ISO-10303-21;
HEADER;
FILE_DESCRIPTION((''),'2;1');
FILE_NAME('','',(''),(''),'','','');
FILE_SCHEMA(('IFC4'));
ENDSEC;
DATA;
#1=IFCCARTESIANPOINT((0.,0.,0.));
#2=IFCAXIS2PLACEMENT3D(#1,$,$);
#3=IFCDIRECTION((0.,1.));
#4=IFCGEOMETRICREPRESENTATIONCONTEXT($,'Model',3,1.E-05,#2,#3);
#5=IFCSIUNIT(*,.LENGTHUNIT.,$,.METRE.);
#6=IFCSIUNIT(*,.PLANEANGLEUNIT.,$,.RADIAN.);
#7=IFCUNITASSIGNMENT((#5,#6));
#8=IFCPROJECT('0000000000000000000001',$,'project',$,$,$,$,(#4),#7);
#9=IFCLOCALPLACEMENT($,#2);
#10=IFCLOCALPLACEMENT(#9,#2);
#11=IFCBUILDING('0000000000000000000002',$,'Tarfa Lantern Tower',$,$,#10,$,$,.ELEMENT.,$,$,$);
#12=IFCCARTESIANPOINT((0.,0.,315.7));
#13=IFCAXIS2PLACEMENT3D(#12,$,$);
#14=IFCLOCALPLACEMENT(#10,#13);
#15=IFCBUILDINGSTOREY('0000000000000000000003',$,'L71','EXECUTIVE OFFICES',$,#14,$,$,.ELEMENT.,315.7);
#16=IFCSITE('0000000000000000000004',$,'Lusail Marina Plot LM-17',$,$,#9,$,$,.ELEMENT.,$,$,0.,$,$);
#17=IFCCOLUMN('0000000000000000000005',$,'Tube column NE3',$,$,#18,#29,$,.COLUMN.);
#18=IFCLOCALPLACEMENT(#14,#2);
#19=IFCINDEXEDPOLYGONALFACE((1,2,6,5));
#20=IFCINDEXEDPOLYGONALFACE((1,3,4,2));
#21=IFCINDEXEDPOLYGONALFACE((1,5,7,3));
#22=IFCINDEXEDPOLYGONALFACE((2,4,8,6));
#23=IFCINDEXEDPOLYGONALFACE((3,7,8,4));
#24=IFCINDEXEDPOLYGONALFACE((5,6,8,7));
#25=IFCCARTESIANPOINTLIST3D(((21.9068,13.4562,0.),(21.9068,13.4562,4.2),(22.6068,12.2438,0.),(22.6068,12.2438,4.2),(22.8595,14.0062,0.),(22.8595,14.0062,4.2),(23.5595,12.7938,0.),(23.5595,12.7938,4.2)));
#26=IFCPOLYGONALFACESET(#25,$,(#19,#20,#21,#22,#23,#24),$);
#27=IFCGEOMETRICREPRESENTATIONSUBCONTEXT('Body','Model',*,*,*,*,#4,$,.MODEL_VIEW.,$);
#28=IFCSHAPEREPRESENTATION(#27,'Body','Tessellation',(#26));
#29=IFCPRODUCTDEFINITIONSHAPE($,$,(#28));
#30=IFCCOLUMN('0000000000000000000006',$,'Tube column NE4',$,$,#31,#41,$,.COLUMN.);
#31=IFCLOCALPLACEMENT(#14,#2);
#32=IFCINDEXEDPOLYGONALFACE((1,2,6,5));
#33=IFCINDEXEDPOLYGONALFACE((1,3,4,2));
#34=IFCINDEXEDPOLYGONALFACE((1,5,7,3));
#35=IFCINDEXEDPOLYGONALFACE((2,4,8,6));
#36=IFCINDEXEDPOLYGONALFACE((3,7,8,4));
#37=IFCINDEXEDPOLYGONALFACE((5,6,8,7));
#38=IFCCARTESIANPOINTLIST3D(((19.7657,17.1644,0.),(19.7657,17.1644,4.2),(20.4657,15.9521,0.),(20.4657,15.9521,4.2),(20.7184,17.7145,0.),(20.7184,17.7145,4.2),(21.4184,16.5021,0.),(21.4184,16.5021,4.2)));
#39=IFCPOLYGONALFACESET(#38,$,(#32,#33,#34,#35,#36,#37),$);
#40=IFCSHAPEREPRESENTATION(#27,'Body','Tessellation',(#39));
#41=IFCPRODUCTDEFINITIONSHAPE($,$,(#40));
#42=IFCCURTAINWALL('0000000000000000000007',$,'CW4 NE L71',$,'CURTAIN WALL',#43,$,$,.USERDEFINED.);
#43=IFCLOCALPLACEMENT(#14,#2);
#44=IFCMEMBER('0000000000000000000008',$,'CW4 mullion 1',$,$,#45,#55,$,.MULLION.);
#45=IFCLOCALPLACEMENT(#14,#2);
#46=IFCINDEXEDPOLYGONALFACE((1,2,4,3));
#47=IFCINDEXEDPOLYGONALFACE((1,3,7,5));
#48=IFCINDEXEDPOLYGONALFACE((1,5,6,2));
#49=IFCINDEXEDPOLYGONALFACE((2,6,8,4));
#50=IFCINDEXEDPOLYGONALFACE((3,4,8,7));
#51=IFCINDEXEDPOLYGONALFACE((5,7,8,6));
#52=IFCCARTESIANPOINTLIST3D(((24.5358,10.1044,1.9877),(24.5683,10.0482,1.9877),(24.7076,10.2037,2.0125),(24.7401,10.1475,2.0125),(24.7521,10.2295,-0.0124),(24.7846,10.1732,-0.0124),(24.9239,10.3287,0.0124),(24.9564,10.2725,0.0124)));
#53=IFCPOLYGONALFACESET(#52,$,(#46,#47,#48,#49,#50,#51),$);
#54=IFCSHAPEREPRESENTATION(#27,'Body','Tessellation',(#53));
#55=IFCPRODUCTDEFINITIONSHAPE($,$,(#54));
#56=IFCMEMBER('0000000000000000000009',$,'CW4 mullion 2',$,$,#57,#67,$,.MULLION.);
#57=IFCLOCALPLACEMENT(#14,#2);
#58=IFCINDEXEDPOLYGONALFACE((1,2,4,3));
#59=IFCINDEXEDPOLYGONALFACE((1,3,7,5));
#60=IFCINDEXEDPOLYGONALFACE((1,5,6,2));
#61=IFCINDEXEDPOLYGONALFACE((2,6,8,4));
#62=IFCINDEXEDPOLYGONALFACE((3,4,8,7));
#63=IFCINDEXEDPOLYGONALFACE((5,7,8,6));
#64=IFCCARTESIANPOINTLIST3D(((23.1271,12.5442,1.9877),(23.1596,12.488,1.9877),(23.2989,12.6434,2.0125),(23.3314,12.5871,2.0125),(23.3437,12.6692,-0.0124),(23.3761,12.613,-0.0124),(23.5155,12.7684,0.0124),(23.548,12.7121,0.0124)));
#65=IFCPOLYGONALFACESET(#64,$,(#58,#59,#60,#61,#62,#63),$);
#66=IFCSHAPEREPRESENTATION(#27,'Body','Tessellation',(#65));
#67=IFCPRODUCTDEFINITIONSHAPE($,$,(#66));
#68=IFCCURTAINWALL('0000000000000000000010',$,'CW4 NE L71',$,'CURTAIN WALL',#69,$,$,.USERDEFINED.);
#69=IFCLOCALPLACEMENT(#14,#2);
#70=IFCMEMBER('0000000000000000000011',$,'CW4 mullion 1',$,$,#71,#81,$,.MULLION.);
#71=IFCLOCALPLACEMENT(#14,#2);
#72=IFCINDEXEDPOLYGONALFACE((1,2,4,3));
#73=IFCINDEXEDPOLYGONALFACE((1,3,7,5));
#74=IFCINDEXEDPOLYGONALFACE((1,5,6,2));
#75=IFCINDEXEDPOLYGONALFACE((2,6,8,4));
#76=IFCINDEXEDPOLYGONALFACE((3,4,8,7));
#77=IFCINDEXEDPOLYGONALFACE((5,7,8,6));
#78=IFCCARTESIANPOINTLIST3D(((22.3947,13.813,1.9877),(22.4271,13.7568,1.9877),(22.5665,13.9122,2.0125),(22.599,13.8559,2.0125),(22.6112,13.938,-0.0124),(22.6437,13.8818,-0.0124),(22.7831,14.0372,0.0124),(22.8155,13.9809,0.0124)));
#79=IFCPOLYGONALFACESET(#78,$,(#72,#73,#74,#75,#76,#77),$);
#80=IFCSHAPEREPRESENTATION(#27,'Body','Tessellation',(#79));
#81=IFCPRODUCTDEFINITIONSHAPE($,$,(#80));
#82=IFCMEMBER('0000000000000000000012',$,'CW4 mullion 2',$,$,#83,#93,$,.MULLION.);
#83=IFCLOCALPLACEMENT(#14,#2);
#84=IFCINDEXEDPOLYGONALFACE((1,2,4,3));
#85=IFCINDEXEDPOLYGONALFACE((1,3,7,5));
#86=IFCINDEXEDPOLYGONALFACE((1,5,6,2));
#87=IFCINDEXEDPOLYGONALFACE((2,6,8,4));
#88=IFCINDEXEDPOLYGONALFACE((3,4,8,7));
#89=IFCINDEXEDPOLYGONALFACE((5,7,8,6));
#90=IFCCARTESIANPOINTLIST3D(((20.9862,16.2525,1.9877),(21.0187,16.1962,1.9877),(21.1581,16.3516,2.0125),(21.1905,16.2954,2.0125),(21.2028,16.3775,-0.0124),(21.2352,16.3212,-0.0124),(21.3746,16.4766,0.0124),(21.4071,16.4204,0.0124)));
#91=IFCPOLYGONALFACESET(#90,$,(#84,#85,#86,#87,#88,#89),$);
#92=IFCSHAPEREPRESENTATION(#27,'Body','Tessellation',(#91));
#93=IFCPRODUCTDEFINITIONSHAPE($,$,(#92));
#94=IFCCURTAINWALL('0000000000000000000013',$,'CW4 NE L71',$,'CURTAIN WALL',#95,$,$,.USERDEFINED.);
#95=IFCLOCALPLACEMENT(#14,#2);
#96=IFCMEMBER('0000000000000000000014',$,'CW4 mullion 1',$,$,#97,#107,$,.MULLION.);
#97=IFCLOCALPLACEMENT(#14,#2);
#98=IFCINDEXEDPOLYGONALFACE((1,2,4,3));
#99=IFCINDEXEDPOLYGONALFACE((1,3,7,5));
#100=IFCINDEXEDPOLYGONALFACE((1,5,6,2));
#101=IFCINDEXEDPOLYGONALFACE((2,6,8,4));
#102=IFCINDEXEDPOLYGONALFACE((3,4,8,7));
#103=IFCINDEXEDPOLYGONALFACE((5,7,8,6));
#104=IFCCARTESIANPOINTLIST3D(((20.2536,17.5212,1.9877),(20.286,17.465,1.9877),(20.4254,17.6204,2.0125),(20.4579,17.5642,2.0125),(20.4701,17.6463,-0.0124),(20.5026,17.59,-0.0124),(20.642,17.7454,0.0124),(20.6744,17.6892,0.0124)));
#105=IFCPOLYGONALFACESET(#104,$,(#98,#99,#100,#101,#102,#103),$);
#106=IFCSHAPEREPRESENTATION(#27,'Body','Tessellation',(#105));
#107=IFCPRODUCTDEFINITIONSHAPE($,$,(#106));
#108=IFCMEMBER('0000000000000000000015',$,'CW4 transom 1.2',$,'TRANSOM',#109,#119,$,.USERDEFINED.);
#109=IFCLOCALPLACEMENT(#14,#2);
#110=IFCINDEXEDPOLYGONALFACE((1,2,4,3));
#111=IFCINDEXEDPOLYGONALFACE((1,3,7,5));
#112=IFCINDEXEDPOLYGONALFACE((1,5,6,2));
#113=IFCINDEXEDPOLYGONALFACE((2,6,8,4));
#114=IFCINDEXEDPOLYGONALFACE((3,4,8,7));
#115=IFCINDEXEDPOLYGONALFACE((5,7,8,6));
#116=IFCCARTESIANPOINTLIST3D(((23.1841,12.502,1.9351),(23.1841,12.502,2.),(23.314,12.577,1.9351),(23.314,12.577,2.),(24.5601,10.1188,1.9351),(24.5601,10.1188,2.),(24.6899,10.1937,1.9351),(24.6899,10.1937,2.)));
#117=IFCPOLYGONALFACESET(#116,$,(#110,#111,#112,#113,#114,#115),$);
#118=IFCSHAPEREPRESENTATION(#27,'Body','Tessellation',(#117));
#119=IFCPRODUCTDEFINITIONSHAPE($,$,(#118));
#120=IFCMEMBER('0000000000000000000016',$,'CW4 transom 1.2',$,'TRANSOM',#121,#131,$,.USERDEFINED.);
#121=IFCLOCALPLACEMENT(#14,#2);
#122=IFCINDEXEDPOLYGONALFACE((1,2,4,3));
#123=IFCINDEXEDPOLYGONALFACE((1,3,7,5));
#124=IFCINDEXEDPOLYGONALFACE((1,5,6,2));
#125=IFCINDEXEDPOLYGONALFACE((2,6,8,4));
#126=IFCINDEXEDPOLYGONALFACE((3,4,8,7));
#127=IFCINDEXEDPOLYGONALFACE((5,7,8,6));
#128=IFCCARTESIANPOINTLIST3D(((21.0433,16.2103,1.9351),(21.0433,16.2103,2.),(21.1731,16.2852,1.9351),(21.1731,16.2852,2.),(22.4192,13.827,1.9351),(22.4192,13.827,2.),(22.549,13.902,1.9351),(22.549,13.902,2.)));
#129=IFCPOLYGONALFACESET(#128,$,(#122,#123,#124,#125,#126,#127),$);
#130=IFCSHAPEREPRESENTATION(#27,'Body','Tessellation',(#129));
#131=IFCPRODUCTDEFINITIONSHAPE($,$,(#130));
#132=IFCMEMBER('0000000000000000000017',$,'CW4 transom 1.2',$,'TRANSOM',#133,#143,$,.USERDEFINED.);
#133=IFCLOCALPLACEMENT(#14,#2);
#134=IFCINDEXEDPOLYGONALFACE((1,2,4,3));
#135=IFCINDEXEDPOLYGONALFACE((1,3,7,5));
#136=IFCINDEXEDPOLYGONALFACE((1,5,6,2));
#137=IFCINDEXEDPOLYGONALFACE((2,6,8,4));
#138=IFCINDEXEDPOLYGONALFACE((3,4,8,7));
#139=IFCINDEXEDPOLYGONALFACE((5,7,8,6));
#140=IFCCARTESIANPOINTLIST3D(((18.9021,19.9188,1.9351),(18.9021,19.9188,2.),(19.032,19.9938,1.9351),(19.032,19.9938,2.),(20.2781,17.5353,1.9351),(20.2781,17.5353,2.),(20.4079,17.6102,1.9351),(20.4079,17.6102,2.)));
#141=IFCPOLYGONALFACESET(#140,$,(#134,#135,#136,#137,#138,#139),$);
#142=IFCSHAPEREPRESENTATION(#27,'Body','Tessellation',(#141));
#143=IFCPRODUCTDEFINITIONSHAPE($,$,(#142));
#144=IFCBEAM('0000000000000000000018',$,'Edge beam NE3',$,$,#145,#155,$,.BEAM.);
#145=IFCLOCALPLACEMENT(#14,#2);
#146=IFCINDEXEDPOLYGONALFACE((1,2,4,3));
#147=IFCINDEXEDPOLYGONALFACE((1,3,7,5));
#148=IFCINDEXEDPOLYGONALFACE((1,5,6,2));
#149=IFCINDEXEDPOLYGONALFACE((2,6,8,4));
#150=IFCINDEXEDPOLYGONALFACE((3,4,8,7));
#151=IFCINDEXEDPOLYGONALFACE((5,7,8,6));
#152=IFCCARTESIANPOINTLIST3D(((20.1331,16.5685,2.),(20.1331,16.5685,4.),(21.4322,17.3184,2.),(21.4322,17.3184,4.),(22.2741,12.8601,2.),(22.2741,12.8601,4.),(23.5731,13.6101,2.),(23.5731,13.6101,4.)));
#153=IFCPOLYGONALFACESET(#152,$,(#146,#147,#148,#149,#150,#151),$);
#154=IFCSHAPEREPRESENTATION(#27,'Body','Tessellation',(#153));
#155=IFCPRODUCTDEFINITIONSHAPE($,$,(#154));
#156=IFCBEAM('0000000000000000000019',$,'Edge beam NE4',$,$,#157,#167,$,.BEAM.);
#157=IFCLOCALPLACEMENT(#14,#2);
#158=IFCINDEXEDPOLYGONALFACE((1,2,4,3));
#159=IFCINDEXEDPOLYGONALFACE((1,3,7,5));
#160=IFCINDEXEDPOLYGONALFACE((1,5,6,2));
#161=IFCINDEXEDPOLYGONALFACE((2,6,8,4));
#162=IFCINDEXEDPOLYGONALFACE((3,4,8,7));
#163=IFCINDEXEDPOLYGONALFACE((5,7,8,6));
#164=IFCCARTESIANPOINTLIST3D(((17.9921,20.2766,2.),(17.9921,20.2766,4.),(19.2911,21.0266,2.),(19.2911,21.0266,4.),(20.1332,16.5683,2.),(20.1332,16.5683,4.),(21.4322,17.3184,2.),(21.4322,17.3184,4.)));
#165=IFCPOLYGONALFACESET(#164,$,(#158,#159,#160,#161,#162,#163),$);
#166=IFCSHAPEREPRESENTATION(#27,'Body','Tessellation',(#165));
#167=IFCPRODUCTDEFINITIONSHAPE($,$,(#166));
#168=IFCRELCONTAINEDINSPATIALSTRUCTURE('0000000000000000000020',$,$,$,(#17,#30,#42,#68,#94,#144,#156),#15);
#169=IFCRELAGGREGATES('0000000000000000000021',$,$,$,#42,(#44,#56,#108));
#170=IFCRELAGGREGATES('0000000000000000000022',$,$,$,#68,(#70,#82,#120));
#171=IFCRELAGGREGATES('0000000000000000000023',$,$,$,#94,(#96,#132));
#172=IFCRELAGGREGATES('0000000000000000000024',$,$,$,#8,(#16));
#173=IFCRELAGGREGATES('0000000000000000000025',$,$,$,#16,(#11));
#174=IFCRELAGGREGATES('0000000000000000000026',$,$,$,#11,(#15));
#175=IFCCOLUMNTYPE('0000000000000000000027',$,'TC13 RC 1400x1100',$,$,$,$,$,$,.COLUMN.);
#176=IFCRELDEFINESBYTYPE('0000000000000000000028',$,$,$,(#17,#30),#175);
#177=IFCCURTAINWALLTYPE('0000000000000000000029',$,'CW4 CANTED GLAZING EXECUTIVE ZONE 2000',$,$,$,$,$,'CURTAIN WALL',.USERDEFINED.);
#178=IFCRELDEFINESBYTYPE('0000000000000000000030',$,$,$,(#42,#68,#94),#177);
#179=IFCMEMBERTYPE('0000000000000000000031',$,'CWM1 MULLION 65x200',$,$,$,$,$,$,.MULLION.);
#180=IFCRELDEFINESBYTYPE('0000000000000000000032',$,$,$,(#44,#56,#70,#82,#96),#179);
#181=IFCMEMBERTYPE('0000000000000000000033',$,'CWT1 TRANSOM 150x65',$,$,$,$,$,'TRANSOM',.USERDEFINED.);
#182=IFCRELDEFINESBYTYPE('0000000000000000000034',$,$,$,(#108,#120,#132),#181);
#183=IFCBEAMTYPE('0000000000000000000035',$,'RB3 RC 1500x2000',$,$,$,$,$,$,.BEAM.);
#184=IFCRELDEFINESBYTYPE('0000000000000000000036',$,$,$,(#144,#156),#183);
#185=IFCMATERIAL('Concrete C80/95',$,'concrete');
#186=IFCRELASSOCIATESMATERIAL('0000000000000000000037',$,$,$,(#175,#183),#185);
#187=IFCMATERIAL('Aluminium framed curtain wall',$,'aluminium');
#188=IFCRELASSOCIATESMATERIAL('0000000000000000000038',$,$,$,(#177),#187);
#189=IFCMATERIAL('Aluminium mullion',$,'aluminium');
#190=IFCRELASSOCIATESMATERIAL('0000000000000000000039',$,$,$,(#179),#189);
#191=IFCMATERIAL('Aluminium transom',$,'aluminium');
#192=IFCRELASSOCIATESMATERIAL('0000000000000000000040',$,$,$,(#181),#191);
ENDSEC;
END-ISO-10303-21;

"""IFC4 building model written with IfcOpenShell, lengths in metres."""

from ifc_helpers import new_model, si_unit, direction, frame, origin, origin_2d, place, context, subcontext, project, spatial, rectangle, extrude, material, material_profile, profile_set, type_object, element, aggregate, save


model = new_model("IFC4")

# Units and contexts
model_context = context("Model", 3, precision=1e-05, world=origin(), true_north=direction((0.0, 1.0)))
body_context = subcontext(model_context, "Body", "Model", "MODEL_VIEW")
ifc_project = project(units=[si_unit("LENGTHUNIT", "METRE"), si_unit("PLANEANGLEUNIT", "RADIAN")], contexts=[model_context])

# Site, building, storey
site_placement = place(None, origin())
site = spatial("IfcSite", under=ifc_project, at=site_placement, Name="Lusail Marina Plot LM-17", CompositionType="ELEMENT", RefElevation=0.0)
building_placement = place(site_placement, origin())
building = spatial("IfcBuilding", under=site, at=building_placement, Name="Tarfa Lantern Tower", CompositionType="ELEMENT")
storey_placement = place(building_placement, frame((0.0, 0.0, 315.7)))
storey = spatial("IfcBuildingStorey", under=building, at=storey_placement, Name="L71", Description="EXECUTIVE OFFICES", CompositionType="ELEMENT", Elevation=315.7)

# Columns
ifc_material_1 = material(Name="Concrete C80/95", Category="concrete")
ifc_material_profile_1 = material_profile(ifc_material_1, rectangle(XDim=1.3999, YDim=1.1001, at=origin_2d()), Name="RC 1400x1100")
ifc_profile_set_1 = profile_set([ifc_material_profile_1], Name="Concrete C80/95")
column_type = type_object("IfcColumnType", Name="TC13 RC 1400x1100", PredefinedType="COLUMN", material=ifc_profile_set_1)
for number, where, z_axis, x_axis, name in (
    (1, (22.7332, 13.125, 0.0), (0.0, 0.0, 1.0), (-0.5, 0.866025, 0.0), "Tube column NE3"),
    (2, (20.592, 16.8333, 0.0), (0.0, 0.0, 1.0), (-0.5, 0.866025, 0.0), "Tube column NE4"),
):
    element("IfcColumn", number, at=place(storey_placement, frame(where, z_axis=z_axis, x_axis=x_axis)), inside=storey, type_object=column_type, Name=name, PredefinedType="COLUMN", context=body_context, shape_type="SweptSolid", body=[
        extrude(rectangle(XDim=1.3999, YDim=1.1001, at=origin_2d()), origin(), (0.0, 0.0, 1.0), 4.2),
    ])

# Curtain walls, members
ifc_material_2 = material(Name="Aluminium framed curtain wall", Category="aluminium")
curtain_wall_type = type_object("IfcCurtainWallType", Name="CW4 CANTED GLAZING EXECUTIVE ZONE 2000", ElementType="CURTAIN WALL", PredefinedType="USERDEFINED", material=ifc_material_2)
curtain_wall_1_placement = place(storey_placement, origin())
curtain_wall_1 = element("IfcCurtainWall", 3, at=curtain_wall_1_placement, inside=storey, type_object=curtain_wall_type, Name="CW4 NE L71", ObjectType="CURTAIN WALL", PredefinedType="USERDEFINED")
ifc_material_3 = material(Name="Aluminium mullion", Category="aluminium")
ifc_material_profile_2 = material_profile(ifc_material_3, rectangle(XDim=0.0649, YDim=0.2, at=origin_2d()), Name="AL MULLION 65x200")
ifc_profile_set_2 = profile_set([ifc_material_profile_2], Name="Aluminium mullion")
member_type_1 = type_object("IfcMemberType", Name="CWM1 MULLION 65x200", PredefinedType="MULLION", material=ifc_profile_set_2)
member_1_placement = place(storey_placement, frame((24.8542, 10.251, 0.0), z_axis=(-0.10732, -0.062018, 0.992288), x_axis=(0.500343, -0.865827, 0.0)))
member_1 = element("IfcMember", 4, at=member_1_placement, type_object=member_type_1, Name="CW4 mullion 1", PredefinedType="MULLION", context=body_context, shape_type="SweptSolid", body=[
    extrude(rectangle(XDim=0.0649, YDim=0.2, at=origin_2d()), origin(), (0.0, 0.0, 1.0), 2.0156),
])
member_2_placement = place(storey_placement, frame((23.4458, 12.6907, 0.0), z_axis=(-0.10744, -0.062017, 0.992275), x_axis=(0.49992, -0.866072, 0.0)))
member_2 = element("IfcMember", 5, at=member_2_placement, type_object=member_type_1, Name="CW4 mullion 2", PredefinedType="MULLION", context=body_context, shape_type="SweptSolid", body=[
    extrude(rectangle(XDim=0.0649, YDim=0.2, at=origin_2d()), origin(), (0.0, 0.0, 1.0), 2.0156),
])
curtain_wall_2_placement = place(storey_placement, origin())
curtain_wall_2 = element("IfcCurtainWall", 6, at=curtain_wall_2_placement, inside=storey, type_object=curtain_wall_type, Name="CW4 NE L71", ObjectType="CURTAIN WALL", PredefinedType="USERDEFINED")
member_3_placement = place(storey_placement, frame((22.7134, 13.9595, 0.0), z_axis=(-0.10744, -0.062017, 0.992275), x_axis=(0.49992, -0.866072, 0.0)))
member_3 = element("IfcMember", 7, at=member_3_placement, type_object=member_type_1, Name="CW4 mullion 1", PredefinedType="MULLION", context=body_context, shape_type="SweptSolid", body=[
    extrude(rectangle(XDim=0.0649, YDim=0.2, at=origin_2d()), origin(), (0.0, 0.0, 1.0), 2.0156),
])
member_4_placement = place(storey_placement, frame((21.3049, 16.3989, 0.0), z_axis=(-0.10744, -0.062017, 0.992275), x_axis=(0.49992, -0.866072, 0.0)))
member_4 = element("IfcMember", 8, at=member_4_placement, type_object=member_type_1, Name="CW4 mullion 2", PredefinedType="MULLION", context=body_context, shape_type="SweptSolid", body=[
    extrude(rectangle(XDim=0.0649, YDim=0.2, at=origin_2d()), origin(), (0.0, 0.0, 1.0), 2.0156),
])

# Curtain wall, member
curtain_wall_3_placement = place(storey_placement, origin())
curtain_wall_3 = element("IfcCurtainWall", 9, at=curtain_wall_3_placement, inside=storey, type_object=curtain_wall_type, Name="CW4 NE L71", ObjectType="CURTAIN WALL", PredefinedType="USERDEFINED")
member_5_placement = place(storey_placement, frame((20.5723, 17.6677, 0.0), z_axis=(-0.10744, -0.062017, 0.992275), x_axis=(0.49992, -0.866072, 0.0)))
member_5 = element("IfcMember", 10, at=member_5_placement, type_object=member_type_1, Name="CW4 mullion 1", PredefinedType="MULLION", context=body_context, shape_type="SweptSolid", body=[
    extrude(rectangle(XDim=0.0649, YDim=0.2, at=origin_2d()), origin(), (0.0, 0.0, 1.0), 2.0156),
])

# Members
ifc_material_4 = material(Name="Aluminium transom", Category="aluminium")
ifc_material_profile_3 = material_profile(ifc_material_4, rectangle(XDim=0.1499, YDim=0.0649, at=origin_2d()), Name="AL TRANSOM 150x65")
ifc_profile_set_3 = profile_set([ifc_material_profile_3], Name="Aluminium transom")
member_type_2 = type_object("IfcMemberType", Name="CWT1 TRANSOM 150x65", ElementType="TRANSOM", PredefinedType="USERDEFINED", material=ifc_profile_set_3)
member_6_placement = place(storey_placement, frame((24.625, 10.1562, 1.9675), z_axis=(-0.499994, 0.866029, 0.0), x_axis=(-0.866029, -0.499994, 0.0)))
member_6 = element("IfcMember", 11, at=member_6_placement, type_object=member_type_2, Name="CW4 transom 1.2", ObjectType="TRANSOM", PredefinedType="USERDEFINED", context=body_context, shape_type="SweptSolid", body=[
    extrude(rectangle(XDim=0.1499, YDim=0.0649, at=origin_2d()), origin(), (0.0, 0.0, 1.0), 2.752),
])
member_7_placement = place(storey_placement, frame((22.4841, 13.8645, 1.9675), z_axis=(-0.499994, 0.866029, 0.0), x_axis=(-0.866029, -0.499994, 0.0)))
member_7 = element("IfcMember", 12, at=member_7_placement, type_object=member_type_2, Name="CW4 transom 1.2", ObjectType="TRANSOM", PredefinedType="USERDEFINED", context=body_context, shape_type="SweptSolid", body=[
    extrude(rectangle(XDim=0.1499, YDim=0.0649, at=origin_2d()), origin(), (0.0, 0.0, 1.0), 2.752),
])
member_8_placement = place(storey_placement, frame((20.343, 17.5728, 1.9675), z_axis=(-0.499955, 0.866051, 0.0), x_axis=(-0.866051, -0.499955, 0.0)))
member_8 = element("IfcMember", 13, at=member_8_placement, type_object=member_type_2, Name="CW4 transom 1.2", ObjectType="TRANSOM", PredefinedType="USERDEFINED", context=body_context, shape_type="SweptSolid", body=[
    extrude(rectangle(XDim=0.1499, YDim=0.0649, at=origin_2d()), origin(), (0.0, 0.0, 1.0), 2.7522),
])

# Beams
ifc_material_profile_4 = material_profile(ifc_material_1, rectangle(XDim=1.5, YDim=2.0, at=origin_2d()), Name="RC 1500x2000")
ifc_profile_set_4 = profile_set([ifc_material_profile_4], Name="Concrete C80/95")
beam_type_1 = type_object("IfcBeamType", Name="RB3 RC 1500x2000", PredefinedType="BEAM", material=ifc_profile_set_4)
for number, where, z_axis, x_axis, name in (
    (14, (22.9236, 13.2351, 3.0), (-0.499984, 0.866035, 0.0), (-0.866035, -0.499984, 0.0), "Edge beam NE3"),
    (15, (20.7827, 16.9434, 3.0), (-0.500027, 0.86601, 0.0), (-0.86601, -0.500027, 0.0), "Edge beam NE4"),
):
    element("IfcBeam", number, at=place(storey_placement, frame(where, z_axis=z_axis, x_axis=x_axis)), inside=storey, type_object=beam_type_1, Name=name, PredefinedType="BEAM", context=body_context, shape_type="SweptSolid", body=[
        extrude(rectangle(XDim=1.5, YDim=2.0, at=origin_2d()), origin(), (0.0, 0.0, 1.0), 4.282),
    ])

aggregate(curtain_wall_1, [member_1, member_2, member_6])
aggregate(curtain_wall_2, [member_3, member_4, member_7])
aggregate(curtain_wall_3, [member_5, member_8])

save(model, "model.ifc")
